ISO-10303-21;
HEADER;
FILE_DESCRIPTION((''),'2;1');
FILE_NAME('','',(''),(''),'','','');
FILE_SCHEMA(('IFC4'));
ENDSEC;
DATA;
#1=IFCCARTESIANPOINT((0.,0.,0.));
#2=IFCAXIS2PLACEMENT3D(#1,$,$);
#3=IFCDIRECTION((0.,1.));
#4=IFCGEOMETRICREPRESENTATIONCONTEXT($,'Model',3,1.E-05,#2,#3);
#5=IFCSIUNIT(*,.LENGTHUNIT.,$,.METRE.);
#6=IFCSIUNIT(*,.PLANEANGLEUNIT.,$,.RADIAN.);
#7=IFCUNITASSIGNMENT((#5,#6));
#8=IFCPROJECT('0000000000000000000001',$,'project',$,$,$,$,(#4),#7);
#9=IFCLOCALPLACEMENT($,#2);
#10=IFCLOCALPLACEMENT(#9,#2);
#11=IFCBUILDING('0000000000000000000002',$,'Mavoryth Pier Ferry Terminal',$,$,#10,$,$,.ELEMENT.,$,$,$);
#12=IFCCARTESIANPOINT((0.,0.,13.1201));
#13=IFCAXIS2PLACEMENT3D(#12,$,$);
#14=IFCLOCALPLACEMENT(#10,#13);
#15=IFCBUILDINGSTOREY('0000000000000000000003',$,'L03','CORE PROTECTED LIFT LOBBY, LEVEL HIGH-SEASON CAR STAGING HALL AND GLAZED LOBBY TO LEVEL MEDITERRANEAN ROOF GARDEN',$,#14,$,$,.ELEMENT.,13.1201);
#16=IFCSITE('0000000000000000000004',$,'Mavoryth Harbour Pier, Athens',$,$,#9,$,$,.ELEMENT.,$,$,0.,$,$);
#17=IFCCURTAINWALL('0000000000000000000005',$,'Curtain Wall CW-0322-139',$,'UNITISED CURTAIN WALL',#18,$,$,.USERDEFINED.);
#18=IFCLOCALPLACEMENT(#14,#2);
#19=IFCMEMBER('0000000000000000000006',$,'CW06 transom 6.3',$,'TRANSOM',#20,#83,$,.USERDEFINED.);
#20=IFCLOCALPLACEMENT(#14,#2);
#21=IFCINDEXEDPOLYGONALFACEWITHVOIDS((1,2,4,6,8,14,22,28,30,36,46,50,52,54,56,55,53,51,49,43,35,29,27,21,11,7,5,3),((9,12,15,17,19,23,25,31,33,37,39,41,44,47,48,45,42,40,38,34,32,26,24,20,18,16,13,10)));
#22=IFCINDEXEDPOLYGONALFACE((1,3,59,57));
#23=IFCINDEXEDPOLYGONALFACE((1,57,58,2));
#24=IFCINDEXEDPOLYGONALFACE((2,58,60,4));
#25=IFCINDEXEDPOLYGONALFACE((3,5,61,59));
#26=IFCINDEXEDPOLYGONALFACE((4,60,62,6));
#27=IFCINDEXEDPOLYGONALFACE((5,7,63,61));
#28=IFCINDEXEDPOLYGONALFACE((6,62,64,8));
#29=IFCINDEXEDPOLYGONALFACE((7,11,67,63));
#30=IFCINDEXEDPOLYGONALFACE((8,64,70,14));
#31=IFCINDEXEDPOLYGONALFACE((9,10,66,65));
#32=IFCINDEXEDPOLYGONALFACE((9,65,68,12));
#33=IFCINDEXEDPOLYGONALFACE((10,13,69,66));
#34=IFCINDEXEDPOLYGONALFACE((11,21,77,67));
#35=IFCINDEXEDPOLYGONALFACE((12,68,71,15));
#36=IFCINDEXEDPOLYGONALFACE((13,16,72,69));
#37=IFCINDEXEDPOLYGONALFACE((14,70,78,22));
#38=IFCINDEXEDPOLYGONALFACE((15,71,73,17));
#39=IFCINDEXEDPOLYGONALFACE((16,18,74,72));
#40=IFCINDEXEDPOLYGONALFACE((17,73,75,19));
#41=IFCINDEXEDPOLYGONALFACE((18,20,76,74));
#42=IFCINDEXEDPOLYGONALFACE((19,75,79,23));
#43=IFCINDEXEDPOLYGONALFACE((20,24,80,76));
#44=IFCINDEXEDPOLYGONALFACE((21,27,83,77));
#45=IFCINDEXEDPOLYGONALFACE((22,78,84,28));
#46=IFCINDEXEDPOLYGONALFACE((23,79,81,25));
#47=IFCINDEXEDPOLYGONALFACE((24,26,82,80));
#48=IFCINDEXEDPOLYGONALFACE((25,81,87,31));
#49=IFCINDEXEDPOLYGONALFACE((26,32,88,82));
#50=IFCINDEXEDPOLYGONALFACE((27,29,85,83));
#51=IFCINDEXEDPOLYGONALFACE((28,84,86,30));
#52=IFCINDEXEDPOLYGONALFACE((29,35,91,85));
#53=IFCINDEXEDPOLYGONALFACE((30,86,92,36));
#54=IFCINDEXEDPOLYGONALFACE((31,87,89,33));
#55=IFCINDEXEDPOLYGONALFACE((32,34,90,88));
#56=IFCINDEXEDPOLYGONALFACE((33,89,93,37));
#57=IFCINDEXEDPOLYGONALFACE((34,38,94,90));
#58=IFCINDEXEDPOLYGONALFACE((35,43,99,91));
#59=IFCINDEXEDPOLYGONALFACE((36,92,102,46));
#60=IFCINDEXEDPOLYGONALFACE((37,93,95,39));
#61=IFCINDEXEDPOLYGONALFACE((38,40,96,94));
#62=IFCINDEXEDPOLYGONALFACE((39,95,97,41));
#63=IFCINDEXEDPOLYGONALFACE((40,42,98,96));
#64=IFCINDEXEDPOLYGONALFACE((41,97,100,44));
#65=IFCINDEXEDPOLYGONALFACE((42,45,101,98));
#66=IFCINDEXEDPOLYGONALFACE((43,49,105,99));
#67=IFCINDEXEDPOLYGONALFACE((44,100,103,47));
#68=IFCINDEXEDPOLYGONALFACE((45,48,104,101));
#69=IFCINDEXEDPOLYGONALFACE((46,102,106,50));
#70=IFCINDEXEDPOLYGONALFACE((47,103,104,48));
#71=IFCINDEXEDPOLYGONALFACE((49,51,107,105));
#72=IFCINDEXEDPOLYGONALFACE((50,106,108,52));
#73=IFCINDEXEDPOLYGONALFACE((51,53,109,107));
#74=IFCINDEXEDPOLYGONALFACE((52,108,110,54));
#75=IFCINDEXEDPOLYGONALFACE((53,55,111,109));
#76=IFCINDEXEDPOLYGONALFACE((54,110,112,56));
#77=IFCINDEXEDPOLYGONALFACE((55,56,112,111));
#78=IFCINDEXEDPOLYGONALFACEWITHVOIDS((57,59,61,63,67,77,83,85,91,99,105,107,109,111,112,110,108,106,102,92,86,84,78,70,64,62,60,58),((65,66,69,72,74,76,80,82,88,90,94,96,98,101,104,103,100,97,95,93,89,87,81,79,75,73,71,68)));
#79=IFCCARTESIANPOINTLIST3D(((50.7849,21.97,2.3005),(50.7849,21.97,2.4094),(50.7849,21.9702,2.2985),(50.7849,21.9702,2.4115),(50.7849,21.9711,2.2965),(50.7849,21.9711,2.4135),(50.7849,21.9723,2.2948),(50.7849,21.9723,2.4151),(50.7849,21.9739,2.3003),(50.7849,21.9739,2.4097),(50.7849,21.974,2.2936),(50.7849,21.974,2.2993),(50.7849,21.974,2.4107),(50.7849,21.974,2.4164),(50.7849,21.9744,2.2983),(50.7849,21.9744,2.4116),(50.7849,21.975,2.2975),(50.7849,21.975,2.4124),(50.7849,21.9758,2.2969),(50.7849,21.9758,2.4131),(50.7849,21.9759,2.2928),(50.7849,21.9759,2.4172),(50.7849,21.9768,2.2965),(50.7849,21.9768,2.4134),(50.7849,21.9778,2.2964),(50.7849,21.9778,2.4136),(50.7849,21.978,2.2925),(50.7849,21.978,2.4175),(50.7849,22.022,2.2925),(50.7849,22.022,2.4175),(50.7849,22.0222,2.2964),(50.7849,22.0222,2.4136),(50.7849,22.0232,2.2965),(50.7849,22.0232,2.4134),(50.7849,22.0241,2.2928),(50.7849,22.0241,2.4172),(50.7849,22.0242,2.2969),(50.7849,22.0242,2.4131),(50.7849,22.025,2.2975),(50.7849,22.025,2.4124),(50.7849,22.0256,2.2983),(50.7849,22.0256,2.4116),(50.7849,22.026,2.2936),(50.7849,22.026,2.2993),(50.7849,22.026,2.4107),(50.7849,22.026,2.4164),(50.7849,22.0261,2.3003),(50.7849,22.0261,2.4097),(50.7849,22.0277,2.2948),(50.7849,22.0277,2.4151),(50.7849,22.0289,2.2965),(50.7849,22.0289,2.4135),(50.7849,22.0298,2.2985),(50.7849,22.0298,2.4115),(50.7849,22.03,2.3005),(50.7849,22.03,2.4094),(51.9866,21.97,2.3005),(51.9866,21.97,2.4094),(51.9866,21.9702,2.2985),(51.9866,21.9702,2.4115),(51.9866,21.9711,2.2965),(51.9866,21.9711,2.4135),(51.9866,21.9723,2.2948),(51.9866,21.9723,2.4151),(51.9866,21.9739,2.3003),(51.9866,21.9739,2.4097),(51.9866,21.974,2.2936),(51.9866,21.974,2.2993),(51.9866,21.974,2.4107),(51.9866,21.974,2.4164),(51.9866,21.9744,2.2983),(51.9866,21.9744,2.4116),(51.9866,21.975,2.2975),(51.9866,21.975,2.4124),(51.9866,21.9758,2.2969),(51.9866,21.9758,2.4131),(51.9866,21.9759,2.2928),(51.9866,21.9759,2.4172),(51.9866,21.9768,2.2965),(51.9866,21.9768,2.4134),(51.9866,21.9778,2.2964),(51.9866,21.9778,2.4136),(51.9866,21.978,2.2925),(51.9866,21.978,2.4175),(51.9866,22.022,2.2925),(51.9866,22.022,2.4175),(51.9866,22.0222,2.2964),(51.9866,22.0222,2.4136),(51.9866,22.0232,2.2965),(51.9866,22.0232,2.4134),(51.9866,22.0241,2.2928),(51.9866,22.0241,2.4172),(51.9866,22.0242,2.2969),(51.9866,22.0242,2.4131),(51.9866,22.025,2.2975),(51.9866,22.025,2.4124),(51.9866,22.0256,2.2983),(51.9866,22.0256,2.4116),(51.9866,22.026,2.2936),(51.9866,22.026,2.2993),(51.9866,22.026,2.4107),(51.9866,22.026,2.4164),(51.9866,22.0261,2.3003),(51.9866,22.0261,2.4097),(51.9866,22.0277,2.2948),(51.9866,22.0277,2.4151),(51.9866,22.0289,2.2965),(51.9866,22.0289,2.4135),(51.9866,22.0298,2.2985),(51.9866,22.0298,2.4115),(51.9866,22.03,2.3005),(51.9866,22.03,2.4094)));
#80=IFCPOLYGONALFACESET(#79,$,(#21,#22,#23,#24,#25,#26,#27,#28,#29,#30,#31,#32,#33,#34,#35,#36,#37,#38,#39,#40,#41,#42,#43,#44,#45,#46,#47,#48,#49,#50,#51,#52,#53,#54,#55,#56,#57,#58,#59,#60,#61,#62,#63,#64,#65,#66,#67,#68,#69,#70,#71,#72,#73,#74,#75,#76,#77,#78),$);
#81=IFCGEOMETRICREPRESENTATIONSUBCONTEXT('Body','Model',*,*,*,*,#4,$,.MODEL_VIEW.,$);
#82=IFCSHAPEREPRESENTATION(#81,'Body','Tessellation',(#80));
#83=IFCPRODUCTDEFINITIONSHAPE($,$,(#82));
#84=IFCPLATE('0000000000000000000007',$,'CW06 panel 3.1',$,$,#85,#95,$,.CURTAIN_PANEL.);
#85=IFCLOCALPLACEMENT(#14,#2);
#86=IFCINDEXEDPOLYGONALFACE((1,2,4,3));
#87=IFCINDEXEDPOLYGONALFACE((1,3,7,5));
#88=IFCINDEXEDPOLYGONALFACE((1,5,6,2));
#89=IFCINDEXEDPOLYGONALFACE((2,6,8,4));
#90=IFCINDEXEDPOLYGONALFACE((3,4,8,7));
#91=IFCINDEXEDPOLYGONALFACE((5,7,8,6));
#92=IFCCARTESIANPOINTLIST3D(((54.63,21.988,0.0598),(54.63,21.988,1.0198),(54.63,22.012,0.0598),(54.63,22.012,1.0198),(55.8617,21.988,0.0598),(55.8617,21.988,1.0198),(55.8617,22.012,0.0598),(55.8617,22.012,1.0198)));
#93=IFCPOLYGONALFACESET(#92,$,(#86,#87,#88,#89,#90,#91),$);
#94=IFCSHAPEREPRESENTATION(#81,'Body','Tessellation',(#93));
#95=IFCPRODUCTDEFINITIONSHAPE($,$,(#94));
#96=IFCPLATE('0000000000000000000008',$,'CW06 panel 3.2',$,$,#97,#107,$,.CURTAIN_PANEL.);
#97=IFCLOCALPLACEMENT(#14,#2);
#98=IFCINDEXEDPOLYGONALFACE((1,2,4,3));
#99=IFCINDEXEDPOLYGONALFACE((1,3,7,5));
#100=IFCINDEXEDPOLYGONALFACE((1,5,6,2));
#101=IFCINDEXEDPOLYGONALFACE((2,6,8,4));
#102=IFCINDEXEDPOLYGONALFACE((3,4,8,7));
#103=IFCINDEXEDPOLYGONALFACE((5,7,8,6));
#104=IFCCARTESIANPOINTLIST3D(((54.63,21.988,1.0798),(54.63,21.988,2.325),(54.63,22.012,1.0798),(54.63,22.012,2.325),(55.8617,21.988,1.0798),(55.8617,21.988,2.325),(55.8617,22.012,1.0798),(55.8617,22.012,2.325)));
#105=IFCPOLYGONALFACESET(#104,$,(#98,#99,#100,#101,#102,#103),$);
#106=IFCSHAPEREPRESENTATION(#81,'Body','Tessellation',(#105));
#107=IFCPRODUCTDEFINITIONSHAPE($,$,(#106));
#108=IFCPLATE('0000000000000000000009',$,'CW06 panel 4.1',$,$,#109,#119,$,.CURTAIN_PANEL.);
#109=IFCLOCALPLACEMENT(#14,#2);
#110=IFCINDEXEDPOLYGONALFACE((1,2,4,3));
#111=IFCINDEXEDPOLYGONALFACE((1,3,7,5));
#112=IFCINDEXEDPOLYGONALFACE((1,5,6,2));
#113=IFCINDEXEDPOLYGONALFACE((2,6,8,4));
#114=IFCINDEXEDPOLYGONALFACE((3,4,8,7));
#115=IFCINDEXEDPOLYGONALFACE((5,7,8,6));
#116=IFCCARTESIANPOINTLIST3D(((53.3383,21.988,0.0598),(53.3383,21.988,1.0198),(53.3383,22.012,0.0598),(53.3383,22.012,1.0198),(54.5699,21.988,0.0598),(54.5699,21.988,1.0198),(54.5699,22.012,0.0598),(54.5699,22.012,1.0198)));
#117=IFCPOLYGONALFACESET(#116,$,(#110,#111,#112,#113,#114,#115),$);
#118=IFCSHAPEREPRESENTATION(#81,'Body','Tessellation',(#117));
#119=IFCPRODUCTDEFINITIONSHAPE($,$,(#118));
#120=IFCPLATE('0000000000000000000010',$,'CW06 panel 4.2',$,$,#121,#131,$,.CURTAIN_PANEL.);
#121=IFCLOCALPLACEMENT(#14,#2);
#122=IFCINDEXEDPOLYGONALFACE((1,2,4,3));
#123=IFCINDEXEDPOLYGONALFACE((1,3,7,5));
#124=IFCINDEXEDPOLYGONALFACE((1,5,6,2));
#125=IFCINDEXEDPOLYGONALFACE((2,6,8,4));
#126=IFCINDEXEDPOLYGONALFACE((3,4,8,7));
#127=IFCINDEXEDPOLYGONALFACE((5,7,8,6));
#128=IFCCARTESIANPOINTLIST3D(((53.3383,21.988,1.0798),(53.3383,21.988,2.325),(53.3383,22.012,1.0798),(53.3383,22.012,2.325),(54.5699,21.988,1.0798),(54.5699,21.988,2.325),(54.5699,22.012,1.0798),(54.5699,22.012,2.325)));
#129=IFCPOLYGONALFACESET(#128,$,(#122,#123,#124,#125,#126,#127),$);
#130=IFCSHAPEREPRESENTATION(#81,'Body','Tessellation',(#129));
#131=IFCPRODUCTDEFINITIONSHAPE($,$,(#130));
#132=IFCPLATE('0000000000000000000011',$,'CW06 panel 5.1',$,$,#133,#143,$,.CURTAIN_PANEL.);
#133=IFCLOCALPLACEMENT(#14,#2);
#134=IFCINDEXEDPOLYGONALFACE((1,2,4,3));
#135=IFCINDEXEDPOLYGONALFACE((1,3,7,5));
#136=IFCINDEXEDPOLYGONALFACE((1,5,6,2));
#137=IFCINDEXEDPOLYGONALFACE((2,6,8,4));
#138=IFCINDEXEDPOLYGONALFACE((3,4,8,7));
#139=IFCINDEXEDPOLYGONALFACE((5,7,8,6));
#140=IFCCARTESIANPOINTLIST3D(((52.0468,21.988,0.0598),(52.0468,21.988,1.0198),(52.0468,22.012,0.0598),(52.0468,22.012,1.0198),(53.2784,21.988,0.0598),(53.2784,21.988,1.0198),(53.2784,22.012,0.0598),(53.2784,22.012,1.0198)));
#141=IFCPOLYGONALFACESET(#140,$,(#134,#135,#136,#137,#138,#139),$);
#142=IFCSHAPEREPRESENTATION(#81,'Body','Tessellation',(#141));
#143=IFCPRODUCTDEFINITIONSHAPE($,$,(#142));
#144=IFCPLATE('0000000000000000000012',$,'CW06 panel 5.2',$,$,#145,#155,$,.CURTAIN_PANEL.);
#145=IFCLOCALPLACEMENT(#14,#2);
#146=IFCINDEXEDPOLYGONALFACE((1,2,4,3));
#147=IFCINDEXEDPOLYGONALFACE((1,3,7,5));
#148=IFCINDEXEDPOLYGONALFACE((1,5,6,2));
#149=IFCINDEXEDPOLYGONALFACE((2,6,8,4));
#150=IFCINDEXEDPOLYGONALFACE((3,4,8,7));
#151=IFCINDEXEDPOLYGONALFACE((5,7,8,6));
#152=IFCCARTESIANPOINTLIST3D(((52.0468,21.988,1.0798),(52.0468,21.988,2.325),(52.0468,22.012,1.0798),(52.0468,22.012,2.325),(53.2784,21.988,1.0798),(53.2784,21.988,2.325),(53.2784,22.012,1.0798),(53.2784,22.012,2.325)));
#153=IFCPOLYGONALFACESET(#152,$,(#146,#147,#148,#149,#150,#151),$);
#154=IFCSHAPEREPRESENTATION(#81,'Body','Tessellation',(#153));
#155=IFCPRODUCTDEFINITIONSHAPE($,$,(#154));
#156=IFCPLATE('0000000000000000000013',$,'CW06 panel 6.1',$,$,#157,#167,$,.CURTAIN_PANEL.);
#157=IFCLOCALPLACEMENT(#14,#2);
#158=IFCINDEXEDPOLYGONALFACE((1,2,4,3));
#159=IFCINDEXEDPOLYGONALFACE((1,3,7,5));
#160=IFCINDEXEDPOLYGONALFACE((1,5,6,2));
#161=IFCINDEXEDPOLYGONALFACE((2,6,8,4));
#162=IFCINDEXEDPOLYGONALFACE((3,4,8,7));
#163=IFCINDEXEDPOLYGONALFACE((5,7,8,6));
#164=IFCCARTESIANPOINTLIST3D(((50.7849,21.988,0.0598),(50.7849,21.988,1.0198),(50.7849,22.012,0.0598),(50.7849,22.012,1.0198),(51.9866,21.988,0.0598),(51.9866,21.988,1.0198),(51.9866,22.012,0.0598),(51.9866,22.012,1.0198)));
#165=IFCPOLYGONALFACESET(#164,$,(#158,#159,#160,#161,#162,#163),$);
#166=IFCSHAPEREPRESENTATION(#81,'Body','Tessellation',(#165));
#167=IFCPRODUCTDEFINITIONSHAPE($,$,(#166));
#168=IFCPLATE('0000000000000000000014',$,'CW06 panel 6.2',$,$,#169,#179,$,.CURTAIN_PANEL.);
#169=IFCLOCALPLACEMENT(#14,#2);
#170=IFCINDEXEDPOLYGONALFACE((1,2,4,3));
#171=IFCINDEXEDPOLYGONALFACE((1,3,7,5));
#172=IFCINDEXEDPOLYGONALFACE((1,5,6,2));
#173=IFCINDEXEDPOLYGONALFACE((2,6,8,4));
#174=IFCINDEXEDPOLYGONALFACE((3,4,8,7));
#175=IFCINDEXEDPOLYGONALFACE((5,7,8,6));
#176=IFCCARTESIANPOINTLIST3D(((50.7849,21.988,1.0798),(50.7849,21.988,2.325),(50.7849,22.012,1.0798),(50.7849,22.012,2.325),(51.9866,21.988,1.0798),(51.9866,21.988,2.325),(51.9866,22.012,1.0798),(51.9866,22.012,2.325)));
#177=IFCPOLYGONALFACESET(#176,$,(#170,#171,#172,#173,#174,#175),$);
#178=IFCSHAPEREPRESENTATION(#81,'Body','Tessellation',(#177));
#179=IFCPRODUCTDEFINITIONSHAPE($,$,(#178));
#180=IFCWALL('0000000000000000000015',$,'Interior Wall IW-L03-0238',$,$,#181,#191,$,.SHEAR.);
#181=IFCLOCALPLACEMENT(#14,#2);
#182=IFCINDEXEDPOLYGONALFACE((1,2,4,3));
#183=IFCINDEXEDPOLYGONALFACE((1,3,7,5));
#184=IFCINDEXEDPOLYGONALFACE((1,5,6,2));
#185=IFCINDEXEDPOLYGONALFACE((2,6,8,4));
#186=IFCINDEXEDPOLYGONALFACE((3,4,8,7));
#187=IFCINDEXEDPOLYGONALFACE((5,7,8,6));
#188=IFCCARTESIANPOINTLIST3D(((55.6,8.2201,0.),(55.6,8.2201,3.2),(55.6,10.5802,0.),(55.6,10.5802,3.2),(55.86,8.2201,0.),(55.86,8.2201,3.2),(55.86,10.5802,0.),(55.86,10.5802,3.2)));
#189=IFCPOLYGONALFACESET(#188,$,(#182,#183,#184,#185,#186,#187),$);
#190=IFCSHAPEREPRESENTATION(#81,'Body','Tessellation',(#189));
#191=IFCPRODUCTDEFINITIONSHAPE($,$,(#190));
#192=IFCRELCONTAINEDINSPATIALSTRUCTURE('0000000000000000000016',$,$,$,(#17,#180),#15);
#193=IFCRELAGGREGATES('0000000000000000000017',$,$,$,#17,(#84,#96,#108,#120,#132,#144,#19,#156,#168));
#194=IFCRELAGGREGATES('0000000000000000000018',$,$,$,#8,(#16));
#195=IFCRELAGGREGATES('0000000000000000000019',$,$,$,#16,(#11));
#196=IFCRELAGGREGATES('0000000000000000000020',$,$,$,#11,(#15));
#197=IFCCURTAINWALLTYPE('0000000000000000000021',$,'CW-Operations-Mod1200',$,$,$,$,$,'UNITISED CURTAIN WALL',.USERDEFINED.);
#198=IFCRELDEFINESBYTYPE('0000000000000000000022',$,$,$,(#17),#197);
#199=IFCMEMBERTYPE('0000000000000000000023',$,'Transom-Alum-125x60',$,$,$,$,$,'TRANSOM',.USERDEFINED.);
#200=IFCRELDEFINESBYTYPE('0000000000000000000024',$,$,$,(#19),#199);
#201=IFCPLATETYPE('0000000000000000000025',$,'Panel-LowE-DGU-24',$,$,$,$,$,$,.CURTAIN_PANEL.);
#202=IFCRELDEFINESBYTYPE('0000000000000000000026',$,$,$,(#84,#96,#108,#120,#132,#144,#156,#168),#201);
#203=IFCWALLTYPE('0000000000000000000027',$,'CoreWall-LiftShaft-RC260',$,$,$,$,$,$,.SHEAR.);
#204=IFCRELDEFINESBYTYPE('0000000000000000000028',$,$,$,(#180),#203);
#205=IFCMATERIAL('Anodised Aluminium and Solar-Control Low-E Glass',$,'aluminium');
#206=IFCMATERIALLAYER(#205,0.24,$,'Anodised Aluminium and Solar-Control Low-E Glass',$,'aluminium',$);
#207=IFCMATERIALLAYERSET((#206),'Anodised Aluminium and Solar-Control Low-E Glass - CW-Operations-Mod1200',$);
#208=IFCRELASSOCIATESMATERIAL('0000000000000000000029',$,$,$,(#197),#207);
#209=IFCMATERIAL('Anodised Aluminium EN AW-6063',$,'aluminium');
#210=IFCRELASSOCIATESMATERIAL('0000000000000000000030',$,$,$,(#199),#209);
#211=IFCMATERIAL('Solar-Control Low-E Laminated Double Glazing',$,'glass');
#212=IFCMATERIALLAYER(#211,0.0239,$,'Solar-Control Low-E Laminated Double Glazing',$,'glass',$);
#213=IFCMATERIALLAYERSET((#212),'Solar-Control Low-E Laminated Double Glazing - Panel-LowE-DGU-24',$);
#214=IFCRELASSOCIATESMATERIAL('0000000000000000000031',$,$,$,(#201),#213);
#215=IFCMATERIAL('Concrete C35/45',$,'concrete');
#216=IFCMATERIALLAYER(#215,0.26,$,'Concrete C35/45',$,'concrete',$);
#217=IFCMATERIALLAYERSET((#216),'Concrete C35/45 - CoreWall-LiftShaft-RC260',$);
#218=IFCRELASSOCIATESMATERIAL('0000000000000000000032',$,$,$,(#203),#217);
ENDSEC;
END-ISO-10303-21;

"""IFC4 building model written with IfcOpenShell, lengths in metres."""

from ifc_helpers import new_model, si_unit, direction, frame, frame_2d, origin, origin_2d, place, context, subcontext, project, spatial, rectangle, hollow_rectangle, extrude, material, layer, layer_set, material_profile, profile_set, type_object, element, aggregate, save


model = new_model("IFC4")

# Units and contexts
model_context = context("Model", 3, precision=1e-05, world=origin(), true_north=direction((0.0, 1.0)))
body_context = subcontext(model_context, "Body", "Model", "MODEL_VIEW")
ifc_project = project(units=[si_unit("LENGTHUNIT", "METRE"), si_unit("PLANEANGLEUNIT", "RADIAN")], contexts=[model_context])

# Site, building, storey
site_placement = place(None, origin())
site = spatial("IfcSite", under=ifc_project, at=site_placement, Name="Mavoryth Harbour Pier, Athens", CompositionType="ELEMENT", RefElevation=0.0)
building_placement = place(site_placement, origin())
building = spatial("IfcBuilding", under=site, at=building_placement, Name="Mavoryth Pier Ferry Terminal", CompositionType="ELEMENT")
storey_placement = place(building_placement, frame((0.0, 0.0, 13.1201)))
storey = spatial("IfcBuildingStorey", under=building, at=storey_placement, Name="L03", Description="CORE PROTECTED LIFT LOBBY, LEVEL HIGH-SEASON CAR STAGING HALL AND GLAZED LOBBY TO LEVEL MEDITERRANEAN ROOF GARDEN", CompositionType="ELEMENT", Elevation=13.1201)

# Shared definitions
ifc_material_1 = material(Name="Concrete C35/45", Category="concrete")

# Curtain wall
ifc_material_2 = material(Name="Anodised Aluminium and Solar-Control Low-E Glass", Category="aluminium")
ifc_layer_1 = layer(ifc_material_2, 0.24, Name="Anodised Aluminium and Solar-Control Low-E Glass", Category="aluminium")
ifc_layer_set_1 = layer_set([ifc_layer_1], Name="Anodised Aluminium and Solar-Control Low-E Glass - CW-Operations-Mod1200")
curtain_wall_type = type_object("IfcCurtainWallType", Name="CW-Operations-Mod1200", ElementType="UNITISED CURTAIN WALL", PredefinedType="USERDEFINED", material=ifc_layer_set_1)
curtain_wall_placement = place(storey_placement, origin())
curtain_wall = element("IfcCurtainWall", 1, at=curtain_wall_placement, inside=storey, type_object=curtain_wall_type, Name="Curtain Wall CW-0322-139", ObjectType="UNITISED CURTAIN WALL", PredefinedType="USERDEFINED")
ifc_material_3 = material(Name="Anodised Aluminium EN AW-6063", Category="aluminium")

# Member
ifc_material_profile_1 = material_profile(ifc_material_3, hollow_rectangle(XDim=0.0601, YDim=0.125, WallThickness=0.0039, InnerFilletRadius=0.0039, OuterFilletRadius=0.0081, at=origin_2d()), Name="AL-TRAN 125x60x4", Category="aluminium")
ifc_profile_set_1 = profile_set([ifc_material_profile_1], Name="Anodised Aluminium EN AW-6063 - AL-TRAN 125x60x4")
member_type_1 = type_object("IfcMemberType", Name="Transom-Alum-125x60", ElementType="TRANSOM", PredefinedType="USERDEFINED", material=ifc_profile_set_1)
member_1_placement = place(storey_placement, frame((51.9866, 22.0, 2.355), z_axis=(-1.0, 0.0, 0.0), x_axis=(0.0, -1.0, 0.0)))
member_1 = element("IfcMember", 2, at=member_1_placement, type_object=member_type_1, Name="CW06 transom 6.3", ObjectType="TRANSOM", PredefinedType="USERDEFINED", context=body_context, shape_type="SweptSolid", body=[
    extrude(hollow_rectangle(XDim=0.0601, YDim=0.125, WallThickness=0.0039, InnerFilletRadius=0.0039, OuterFilletRadius=0.0081, at=origin_2d()), origin(), (0.0, 0.0, 1.0), 1.2017),
])

# Plates
ifc_material_4 = material(Name="Solar-Control Low-E Laminated Double Glazing", Category="glass")
ifc_layer_2 = layer(ifc_material_4, 0.0239, Name="Solar-Control Low-E Laminated Double Glazing", Category="glass")
ifc_layer_set_2 = layer_set([ifc_layer_2], Name="Solar-Control Low-E Laminated Double Glazing - Panel-LowE-DGU-24")
plate_type = type_object("IfcPlateType", Name="Panel-LowE-DGU-24", PredefinedType="CURTAIN_PANEL", material=ifc_layer_set_2)
plate_1_placement = place(storey_placement, frame((55.2458, 22.0, 0.0598), z_axis=(0.0, 0.0, 1.0), x_axis=(-1.0, 0.0, 0.0)))
plate_1 = element("IfcPlate", 3, at=plate_1_placement, type_object=plate_type, Name="CW06 panel 3.1", PredefinedType="CURTAIN_PANEL", context=body_context, shape_type="SweptSolid", body=[
    extrude(rectangle(XDim=1.2317, YDim=0.0239, at=origin_2d()), origin(), (0.0, 0.0, 1.0), 0.96),
])
plate_2_placement = place(storey_placement, frame((55.2458, 22.0, 1.0798), z_axis=(0.0, 0.0, 1.0), x_axis=(-1.0, 0.0, 0.0)))
plate_2 = element("IfcPlate", 4, at=plate_2_placement, type_object=plate_type, Name="CW06 panel 3.2", PredefinedType="CURTAIN_PANEL", context=body_context, shape_type="SweptSolid", body=[
    extrude(rectangle(XDim=1.2317, YDim=0.0239, at=origin_2d()), origin(), (0.0, 0.0, 1.0), 1.2451),
])
plate_3_placement = place(storey_placement, frame((53.9541, 22.0, 0.0598), z_axis=(0.0, 0.0, 1.0), x_axis=(-1.0, 0.0, 0.0)))
plate_3 = element("IfcPlate", 5, at=plate_3_placement, type_object=plate_type, Name="CW06 panel 4.1", PredefinedType="CURTAIN_PANEL", context=body_context, shape_type="SweptSolid", body=[
    extrude(rectangle(XDim=1.2317, YDim=0.0239, at=origin_2d()), origin(), (0.0, 0.0, 1.0), 0.96),
])
plate_4_placement = place(storey_placement, frame((53.9541, 22.0, 1.0798), z_axis=(0.0, 0.0, 1.0), x_axis=(-1.0, 0.0, 0.0)))
plate_4 = element("IfcPlate", 6, at=plate_4_placement, type_object=plate_type, Name="CW06 panel 4.2", PredefinedType="CURTAIN_PANEL", context=body_context, shape_type="SweptSolid", body=[
    extrude(rectangle(XDim=1.2317, YDim=0.0239, at=origin_2d()), origin(), (0.0, 0.0, 1.0), 1.2451),
])
plate_5_placement = place(storey_placement, frame((52.6626, 22.0, 0.0598), z_axis=(0.0, 0.0, 1.0), x_axis=(-1.0, 0.0, 0.0)))
plate_5 = element("IfcPlate", 7, at=plate_5_placement, type_object=plate_type, Name="CW06 panel 5.1", PredefinedType="CURTAIN_PANEL", context=body_context, shape_type="SweptSolid", body=[
    extrude(rectangle(XDim=1.2317, YDim=0.0239, at=origin_2d()), origin(), (0.0, 0.0, 1.0), 0.96),
])
plate_6_placement = place(storey_placement, frame((52.6626, 22.0, 1.0798), z_axis=(0.0, 0.0, 1.0), x_axis=(-1.0, 0.0, 0.0)))
plate_6 = element("IfcPlate", 8, at=plate_6_placement, type_object=plate_type, Name="CW06 panel 5.2", PredefinedType="CURTAIN_PANEL", context=body_context, shape_type="SweptSolid", body=[
    extrude(rectangle(XDim=1.2317, YDim=0.0239, at=origin_2d()), origin(), (0.0, 0.0, 1.0), 1.2451),
])
plate_7_placement = place(storey_placement, frame((51.3857, 22.0, 0.0598), z_axis=(0.0, 0.0, 1.0), x_axis=(-1.0, 0.0, 0.0)))
plate_7 = element("IfcPlate", 9, at=plate_7_placement, type_object=plate_type, Name="CW06 panel 6.1", PredefinedType="CURTAIN_PANEL", context=body_context, shape_type="SweptSolid", body=[
    extrude(rectangle(XDim=1.2017, YDim=0.0239, at=origin_2d()), origin(), (0.0, 0.0, 1.0), 0.96),
])
plate_8_placement = place(storey_placement, frame((51.3857, 22.0, 1.0798), z_axis=(0.0, 0.0, 1.0), x_axis=(-1.0, 0.0, 0.0)))
plate_8 = element("IfcPlate", 10, at=plate_8_placement, type_object=plate_type, Name="CW06 panel 6.2", PredefinedType="CURTAIN_PANEL", context=body_context, shape_type="SweptSolid", body=[
    extrude(rectangle(XDim=1.2017, YDim=0.0239, at=origin_2d()), origin(), (0.0, 0.0, 1.0), 1.2451),
])
aggregate(curtain_wall, [plate_1, plate_2, plate_3, plate_4, plate_5, plate_6, member_1, plate_7, plate_8])

# Wall
ifc_layer_3 = layer(ifc_material_1, 0.26, Name="Concrete C35/45", Category="concrete")
ifc_layer_set_3 = layer_set([ifc_layer_3], Name="Concrete C35/45 - CoreWall-LiftShaft-RC260")
wall_type_1 = type_object("IfcWallType", Name="CoreWall-LiftShaft-RC260", PredefinedType="SHEAR", material=ifc_layer_set_3)
for number, where, z_axis, x_axis, name in (
    (11, (55.73, 8.22, 0.0), (0.0, 0.0, 1.0), (0.0, 1.0, 0.0), "Interior Wall IW-L03-0238"),
):
    element("IfcWall", number, at=place(storey_placement, frame(where, z_axis=z_axis, x_axis=x_axis)), inside=storey, type_object=wall_type_1, Name=name, PredefinedType="SHEAR", context=body_context, shape_type="SweptSolid", body=[
        extrude(rectangle(XDim=2.3601, YDim=0.26, at=frame_2d((1.1802, 0.0))), origin(), (0.0, 0.0, 1.0), 3.2),
    ])

save(model, "model.ifc")
